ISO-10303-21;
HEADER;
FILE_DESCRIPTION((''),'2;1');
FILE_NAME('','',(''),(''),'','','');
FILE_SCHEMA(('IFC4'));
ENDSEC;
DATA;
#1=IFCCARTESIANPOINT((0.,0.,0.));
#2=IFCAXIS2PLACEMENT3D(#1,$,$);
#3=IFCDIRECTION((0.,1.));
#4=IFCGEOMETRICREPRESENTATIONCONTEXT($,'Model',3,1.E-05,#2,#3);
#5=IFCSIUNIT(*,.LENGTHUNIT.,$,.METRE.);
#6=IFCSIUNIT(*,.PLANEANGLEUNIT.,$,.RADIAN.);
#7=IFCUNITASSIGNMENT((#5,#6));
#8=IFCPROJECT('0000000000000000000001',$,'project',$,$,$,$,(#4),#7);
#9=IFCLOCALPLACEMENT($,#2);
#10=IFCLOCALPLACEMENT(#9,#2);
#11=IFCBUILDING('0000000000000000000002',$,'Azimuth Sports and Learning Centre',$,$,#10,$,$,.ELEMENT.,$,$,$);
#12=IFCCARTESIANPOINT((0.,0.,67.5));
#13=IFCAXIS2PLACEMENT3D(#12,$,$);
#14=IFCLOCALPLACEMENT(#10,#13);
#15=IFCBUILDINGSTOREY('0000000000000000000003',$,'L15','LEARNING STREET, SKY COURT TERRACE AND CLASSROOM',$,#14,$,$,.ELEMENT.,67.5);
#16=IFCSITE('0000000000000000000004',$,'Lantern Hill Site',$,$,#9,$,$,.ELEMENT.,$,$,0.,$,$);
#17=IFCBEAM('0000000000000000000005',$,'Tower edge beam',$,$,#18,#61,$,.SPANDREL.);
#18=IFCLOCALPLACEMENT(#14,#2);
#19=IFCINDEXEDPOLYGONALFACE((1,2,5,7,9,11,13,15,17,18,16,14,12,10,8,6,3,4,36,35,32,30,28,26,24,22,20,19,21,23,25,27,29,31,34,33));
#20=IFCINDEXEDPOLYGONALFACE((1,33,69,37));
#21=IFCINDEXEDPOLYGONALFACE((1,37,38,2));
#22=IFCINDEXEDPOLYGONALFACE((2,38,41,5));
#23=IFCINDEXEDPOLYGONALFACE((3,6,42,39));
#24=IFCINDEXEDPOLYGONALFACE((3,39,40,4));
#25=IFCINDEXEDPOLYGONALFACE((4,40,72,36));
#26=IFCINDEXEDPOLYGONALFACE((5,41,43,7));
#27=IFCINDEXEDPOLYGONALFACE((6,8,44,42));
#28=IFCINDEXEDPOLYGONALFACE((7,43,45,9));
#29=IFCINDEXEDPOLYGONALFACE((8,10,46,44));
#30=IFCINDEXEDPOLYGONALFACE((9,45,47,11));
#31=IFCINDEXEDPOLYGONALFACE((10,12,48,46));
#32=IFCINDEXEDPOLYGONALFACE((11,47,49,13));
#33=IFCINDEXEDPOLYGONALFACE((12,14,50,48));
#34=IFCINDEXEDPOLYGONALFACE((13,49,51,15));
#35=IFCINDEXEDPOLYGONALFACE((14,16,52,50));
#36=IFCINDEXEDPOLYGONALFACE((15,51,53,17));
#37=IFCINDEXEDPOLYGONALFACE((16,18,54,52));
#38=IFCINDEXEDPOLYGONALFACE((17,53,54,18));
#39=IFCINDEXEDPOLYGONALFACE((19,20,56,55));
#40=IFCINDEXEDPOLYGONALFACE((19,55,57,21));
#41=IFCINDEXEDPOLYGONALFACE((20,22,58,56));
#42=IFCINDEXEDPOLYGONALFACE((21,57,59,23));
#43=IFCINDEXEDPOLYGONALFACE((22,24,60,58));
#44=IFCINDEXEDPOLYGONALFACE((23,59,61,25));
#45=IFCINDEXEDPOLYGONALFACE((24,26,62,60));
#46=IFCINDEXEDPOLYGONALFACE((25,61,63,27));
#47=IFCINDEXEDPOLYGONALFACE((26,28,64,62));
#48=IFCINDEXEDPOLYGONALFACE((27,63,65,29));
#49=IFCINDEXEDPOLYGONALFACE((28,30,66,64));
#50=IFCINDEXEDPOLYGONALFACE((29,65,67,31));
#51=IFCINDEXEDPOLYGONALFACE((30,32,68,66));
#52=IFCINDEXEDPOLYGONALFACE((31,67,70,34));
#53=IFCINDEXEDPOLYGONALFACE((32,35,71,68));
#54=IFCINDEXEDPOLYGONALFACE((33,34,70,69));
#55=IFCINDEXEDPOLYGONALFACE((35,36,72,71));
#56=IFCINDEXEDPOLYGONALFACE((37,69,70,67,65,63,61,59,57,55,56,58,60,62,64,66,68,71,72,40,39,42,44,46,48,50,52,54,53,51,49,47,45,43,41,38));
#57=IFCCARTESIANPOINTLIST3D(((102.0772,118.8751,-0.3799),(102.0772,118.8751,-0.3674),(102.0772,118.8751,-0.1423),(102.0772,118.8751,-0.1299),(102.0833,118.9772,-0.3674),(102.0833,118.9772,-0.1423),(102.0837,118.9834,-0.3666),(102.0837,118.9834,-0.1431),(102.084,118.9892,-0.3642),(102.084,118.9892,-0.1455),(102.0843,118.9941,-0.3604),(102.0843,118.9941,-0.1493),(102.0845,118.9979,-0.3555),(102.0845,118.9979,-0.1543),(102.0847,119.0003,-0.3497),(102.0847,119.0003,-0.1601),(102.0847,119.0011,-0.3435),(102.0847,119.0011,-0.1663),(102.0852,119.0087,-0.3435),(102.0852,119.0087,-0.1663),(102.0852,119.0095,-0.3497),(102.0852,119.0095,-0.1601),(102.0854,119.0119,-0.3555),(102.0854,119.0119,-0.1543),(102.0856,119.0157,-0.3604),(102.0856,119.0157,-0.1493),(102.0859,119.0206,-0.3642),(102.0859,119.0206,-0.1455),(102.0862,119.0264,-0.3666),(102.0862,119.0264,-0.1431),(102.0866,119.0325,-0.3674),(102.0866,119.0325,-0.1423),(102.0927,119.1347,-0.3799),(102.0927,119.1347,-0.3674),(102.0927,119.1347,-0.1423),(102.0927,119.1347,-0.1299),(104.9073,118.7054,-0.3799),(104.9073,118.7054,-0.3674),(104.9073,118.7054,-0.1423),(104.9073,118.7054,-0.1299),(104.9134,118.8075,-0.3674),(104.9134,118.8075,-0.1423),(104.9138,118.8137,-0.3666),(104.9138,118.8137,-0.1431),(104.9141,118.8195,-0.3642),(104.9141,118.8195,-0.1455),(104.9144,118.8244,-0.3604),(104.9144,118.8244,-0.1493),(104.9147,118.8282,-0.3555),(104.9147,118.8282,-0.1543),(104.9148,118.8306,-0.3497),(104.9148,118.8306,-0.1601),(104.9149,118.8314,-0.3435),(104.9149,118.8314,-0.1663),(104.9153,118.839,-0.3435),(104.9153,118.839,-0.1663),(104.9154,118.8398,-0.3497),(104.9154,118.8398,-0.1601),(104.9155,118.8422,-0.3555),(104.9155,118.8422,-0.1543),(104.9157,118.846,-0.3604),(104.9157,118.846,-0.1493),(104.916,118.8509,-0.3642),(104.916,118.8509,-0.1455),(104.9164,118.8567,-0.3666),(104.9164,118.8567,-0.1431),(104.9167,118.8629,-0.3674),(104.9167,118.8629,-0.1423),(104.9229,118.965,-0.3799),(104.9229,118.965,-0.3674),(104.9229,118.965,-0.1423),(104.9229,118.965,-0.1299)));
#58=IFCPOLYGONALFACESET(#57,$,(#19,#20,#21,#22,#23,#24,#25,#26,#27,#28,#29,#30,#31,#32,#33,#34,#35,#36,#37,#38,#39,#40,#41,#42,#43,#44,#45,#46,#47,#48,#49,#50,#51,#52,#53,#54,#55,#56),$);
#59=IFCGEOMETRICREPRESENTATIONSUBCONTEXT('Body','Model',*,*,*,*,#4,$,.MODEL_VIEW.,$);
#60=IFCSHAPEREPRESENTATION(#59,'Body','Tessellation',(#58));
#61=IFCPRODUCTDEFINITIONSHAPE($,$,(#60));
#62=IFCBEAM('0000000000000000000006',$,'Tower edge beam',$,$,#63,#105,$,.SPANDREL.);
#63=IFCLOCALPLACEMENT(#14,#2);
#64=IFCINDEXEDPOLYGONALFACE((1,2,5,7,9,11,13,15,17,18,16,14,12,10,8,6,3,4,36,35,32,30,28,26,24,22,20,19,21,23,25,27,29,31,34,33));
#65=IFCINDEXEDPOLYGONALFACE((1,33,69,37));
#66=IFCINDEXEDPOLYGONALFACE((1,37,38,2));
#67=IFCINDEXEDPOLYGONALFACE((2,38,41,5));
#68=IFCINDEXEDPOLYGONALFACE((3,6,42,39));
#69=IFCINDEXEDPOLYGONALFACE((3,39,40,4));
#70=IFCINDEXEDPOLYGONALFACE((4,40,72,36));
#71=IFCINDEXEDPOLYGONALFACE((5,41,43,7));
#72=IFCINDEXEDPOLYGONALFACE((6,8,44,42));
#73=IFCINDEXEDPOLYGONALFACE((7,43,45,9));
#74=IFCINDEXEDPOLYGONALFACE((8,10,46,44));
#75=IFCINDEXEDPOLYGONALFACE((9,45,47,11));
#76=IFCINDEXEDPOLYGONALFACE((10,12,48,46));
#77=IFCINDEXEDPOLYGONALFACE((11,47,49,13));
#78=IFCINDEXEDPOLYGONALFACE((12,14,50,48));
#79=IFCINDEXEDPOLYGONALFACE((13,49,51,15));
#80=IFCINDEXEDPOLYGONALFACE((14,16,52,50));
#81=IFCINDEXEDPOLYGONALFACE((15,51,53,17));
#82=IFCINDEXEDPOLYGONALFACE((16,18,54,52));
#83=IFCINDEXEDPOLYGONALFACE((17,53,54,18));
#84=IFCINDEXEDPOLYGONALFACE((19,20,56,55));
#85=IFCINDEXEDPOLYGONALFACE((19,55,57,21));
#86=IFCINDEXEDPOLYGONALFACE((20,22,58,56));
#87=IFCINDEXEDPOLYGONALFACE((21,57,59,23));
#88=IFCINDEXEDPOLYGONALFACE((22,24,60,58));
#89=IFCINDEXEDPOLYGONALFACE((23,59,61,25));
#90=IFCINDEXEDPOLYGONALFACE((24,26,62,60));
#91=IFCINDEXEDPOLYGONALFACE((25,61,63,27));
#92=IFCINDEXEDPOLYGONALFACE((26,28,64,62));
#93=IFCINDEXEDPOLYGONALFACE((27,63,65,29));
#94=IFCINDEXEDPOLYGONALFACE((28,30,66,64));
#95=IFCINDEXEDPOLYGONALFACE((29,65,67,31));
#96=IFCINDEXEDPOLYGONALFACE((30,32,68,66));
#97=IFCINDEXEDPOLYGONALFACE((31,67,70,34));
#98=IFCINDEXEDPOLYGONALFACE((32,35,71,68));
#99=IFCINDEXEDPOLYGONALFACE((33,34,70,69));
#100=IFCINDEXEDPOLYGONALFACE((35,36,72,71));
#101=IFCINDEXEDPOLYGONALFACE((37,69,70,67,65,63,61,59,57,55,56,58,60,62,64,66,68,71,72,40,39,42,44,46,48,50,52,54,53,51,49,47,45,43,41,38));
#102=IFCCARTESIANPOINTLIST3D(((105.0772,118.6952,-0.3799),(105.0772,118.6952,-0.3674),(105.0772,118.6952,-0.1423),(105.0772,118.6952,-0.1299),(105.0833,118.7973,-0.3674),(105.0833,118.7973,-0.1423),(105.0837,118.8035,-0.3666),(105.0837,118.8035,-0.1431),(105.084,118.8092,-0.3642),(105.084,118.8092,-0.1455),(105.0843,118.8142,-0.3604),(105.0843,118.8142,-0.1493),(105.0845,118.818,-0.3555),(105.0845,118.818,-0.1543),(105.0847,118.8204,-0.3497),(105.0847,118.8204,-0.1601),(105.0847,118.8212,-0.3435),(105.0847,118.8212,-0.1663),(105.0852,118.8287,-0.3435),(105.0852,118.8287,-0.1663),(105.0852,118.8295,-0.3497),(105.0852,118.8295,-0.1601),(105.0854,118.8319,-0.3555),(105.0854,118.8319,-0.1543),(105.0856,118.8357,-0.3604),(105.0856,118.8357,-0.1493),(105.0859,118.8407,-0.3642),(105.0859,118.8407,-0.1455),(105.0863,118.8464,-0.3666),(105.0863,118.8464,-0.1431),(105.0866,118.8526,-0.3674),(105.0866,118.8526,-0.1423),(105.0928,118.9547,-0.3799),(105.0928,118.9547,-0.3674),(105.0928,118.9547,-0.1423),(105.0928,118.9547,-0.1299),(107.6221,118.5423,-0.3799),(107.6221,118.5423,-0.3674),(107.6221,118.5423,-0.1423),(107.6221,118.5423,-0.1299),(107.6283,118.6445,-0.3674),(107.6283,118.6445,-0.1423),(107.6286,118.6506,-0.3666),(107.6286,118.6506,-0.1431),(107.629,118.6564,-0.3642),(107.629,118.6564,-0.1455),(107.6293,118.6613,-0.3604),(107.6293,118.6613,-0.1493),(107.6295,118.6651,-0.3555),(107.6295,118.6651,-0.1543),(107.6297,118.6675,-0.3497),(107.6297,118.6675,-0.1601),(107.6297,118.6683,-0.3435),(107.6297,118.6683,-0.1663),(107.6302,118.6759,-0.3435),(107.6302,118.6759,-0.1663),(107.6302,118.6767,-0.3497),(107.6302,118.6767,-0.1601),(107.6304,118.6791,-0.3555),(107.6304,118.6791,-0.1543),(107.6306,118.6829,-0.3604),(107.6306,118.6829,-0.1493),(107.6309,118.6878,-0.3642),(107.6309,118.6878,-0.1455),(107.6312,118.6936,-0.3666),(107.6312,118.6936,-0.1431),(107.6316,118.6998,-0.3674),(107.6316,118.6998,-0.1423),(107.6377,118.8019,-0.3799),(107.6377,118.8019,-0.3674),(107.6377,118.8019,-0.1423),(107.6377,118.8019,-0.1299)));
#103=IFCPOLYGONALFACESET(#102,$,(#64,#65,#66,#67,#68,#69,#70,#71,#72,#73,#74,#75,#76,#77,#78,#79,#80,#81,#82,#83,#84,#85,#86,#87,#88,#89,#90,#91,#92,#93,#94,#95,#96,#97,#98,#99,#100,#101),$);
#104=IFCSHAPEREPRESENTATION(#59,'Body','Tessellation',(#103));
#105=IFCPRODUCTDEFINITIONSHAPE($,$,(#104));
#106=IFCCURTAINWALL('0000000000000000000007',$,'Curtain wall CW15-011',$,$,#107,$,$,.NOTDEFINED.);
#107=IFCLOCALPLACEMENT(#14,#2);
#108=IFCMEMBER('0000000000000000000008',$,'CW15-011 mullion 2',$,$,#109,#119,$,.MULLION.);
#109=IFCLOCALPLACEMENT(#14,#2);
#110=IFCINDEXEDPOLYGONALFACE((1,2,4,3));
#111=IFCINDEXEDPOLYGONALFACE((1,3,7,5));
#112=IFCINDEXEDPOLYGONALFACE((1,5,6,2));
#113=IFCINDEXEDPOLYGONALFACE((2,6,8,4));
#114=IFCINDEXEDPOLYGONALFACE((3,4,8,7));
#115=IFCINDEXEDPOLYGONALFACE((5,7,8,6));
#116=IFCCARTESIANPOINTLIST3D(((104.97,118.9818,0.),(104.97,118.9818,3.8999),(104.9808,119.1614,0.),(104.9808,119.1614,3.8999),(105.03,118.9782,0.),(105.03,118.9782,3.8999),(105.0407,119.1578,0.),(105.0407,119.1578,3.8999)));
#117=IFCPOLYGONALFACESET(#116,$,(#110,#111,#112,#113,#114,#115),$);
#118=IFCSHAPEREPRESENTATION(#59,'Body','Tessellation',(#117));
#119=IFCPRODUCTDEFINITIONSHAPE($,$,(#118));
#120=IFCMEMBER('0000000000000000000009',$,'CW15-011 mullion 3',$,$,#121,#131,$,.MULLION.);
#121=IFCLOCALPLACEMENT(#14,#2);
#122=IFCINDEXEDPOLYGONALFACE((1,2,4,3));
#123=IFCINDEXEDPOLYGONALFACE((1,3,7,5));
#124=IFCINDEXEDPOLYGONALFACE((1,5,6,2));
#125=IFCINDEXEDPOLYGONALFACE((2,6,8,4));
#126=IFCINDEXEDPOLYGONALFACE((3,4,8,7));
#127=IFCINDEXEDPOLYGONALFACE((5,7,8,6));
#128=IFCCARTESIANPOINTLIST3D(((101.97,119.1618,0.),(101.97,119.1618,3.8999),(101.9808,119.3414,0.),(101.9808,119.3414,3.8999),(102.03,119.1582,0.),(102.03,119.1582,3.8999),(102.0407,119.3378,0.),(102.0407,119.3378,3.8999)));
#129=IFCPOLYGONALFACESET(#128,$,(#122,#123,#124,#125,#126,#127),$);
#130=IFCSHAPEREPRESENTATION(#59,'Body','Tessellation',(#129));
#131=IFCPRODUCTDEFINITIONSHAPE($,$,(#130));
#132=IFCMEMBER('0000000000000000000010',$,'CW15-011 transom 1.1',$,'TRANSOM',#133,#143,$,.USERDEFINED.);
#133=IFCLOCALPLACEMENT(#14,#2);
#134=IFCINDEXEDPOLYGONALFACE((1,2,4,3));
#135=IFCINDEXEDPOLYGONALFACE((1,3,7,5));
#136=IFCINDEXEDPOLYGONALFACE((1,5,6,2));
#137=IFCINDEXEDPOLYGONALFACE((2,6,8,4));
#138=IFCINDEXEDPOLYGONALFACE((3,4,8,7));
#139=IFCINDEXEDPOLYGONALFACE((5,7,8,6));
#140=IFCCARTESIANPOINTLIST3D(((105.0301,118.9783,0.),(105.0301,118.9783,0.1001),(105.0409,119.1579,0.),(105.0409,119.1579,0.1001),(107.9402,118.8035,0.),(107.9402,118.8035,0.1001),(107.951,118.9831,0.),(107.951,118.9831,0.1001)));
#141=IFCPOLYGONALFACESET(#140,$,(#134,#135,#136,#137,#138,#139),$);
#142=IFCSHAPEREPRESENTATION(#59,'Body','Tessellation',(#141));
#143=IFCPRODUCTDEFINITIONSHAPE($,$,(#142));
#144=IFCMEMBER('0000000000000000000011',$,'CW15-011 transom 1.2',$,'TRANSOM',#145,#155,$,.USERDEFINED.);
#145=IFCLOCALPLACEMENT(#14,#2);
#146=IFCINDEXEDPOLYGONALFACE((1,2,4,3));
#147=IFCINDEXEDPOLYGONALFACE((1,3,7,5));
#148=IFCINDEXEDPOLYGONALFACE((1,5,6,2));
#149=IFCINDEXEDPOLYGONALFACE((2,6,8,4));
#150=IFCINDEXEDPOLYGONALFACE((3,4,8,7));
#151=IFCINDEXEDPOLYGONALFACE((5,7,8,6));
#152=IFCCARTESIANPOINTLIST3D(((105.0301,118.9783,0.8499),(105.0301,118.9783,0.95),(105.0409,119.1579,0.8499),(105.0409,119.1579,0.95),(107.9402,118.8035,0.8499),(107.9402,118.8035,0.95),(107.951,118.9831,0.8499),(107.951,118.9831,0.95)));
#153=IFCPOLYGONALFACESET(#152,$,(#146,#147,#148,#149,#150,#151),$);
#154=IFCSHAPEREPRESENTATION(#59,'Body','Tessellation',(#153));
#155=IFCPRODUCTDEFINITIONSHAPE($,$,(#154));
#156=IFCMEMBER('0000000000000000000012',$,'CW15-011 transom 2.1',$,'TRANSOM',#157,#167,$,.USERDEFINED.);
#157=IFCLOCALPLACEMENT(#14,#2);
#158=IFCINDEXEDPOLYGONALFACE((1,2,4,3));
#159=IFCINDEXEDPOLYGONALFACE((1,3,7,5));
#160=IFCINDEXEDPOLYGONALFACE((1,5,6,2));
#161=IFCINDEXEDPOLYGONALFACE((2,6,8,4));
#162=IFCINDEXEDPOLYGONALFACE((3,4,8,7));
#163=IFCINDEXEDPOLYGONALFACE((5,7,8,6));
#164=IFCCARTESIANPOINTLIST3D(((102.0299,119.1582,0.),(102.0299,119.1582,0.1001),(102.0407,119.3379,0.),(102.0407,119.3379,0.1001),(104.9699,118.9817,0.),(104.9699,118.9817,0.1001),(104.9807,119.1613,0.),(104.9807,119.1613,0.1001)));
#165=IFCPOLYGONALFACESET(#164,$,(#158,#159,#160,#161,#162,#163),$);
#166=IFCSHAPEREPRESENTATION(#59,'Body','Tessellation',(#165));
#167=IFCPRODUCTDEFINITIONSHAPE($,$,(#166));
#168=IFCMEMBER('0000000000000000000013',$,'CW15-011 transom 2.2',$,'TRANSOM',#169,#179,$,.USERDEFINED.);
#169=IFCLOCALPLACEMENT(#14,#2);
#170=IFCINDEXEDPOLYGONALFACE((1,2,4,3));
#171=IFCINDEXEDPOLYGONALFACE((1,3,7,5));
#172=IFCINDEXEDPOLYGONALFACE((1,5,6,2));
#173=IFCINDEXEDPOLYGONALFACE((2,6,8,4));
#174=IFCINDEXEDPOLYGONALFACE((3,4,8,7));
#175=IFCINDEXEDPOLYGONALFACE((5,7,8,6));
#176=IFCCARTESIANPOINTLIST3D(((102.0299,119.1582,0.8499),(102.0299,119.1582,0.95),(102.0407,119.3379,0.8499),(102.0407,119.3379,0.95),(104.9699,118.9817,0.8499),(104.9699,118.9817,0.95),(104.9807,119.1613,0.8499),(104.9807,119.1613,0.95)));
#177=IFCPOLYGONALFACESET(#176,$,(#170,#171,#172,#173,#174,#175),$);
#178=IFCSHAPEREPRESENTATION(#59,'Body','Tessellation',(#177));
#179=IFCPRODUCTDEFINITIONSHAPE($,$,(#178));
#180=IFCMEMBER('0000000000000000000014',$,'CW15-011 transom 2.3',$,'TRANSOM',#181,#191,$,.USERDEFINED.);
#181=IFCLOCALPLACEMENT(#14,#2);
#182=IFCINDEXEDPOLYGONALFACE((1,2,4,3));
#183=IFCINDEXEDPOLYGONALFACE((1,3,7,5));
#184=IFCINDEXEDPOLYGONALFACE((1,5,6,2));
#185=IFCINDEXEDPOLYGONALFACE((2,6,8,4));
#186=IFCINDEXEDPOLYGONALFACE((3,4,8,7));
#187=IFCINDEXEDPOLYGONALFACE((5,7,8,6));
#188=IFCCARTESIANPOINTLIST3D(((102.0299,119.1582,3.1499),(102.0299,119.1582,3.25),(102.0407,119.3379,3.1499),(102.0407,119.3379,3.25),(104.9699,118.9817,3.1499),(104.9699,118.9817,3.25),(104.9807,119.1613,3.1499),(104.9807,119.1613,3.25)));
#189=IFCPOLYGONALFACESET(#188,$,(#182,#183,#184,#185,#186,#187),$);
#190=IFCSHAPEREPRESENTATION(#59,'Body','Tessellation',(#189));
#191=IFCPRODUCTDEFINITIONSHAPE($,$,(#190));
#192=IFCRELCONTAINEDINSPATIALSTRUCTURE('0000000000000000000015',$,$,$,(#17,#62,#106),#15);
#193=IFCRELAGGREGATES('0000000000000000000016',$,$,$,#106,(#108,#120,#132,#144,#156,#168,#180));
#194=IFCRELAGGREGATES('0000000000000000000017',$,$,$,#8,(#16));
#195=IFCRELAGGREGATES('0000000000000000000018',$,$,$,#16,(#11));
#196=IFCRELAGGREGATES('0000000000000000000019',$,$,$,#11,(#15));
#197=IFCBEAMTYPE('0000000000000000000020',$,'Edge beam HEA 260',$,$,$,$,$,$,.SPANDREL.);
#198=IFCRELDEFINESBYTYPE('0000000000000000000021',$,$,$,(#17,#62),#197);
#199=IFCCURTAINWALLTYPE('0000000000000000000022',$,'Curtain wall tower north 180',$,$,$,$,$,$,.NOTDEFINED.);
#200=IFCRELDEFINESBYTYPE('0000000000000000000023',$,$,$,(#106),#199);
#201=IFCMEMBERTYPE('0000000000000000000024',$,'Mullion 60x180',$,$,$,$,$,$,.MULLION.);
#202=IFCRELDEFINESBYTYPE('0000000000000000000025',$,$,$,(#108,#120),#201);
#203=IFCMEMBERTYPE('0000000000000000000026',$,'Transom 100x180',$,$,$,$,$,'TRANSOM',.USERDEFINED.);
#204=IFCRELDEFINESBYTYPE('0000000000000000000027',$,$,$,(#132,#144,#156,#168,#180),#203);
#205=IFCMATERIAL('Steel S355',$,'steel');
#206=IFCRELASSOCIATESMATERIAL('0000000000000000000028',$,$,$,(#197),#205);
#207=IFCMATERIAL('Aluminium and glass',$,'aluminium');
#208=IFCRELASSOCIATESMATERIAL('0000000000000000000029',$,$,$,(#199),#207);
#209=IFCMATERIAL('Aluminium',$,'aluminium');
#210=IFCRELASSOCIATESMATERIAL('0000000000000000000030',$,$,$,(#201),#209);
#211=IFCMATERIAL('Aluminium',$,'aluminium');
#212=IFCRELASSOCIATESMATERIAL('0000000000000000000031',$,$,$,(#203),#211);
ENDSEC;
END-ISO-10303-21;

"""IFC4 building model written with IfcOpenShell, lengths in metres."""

from ifc_helpers import new_model, si_unit, direction, frame, origin, origin_2d, place, context, subcontext, project, spatial, rectangle, i_section, extrude, material, material_profile, profile_set, type_object, element, aggregate, save


model = new_model("IFC4")

# Units and contexts
model_context = context("Model", 3, precision=1e-05, world=origin(), true_north=direction((0.0, 1.0)))
body_context = subcontext(model_context, "Body", "Model", "MODEL_VIEW")
ifc_project = project(units=[si_unit("LENGTHUNIT", "METRE"), si_unit("PLANEANGLEUNIT", "RADIAN")], contexts=[model_context])

# Site, building, storey
site_placement = place(None, origin())
site = spatial("IfcSite", under=ifc_project, at=site_placement, Name="Lantern Hill Site", CompositionType="ELEMENT", RefElevation=0.0)
building_placement = place(site_placement, origin())
building = spatial("IfcBuilding", under=site, at=building_placement, Name="Azimuth Sports and Learning Centre", CompositionType="ELEMENT")
storey_placement = place(building_placement, frame((0.0, 0.0, 67.5)))
storey = spatial("IfcBuildingStorey", under=building, at=storey_placement, Name="L15", Description="LEARNING STREET, SKY COURT TERRACE AND CLASSROOM", CompositionType="ELEMENT", Elevation=67.5)

# Beams
ifc_material_1 = material(Name="Steel S355", Category="steel")
ifc_material_profile_1 = material_profile(ifc_material_1, i_section(OverallWidth=0.26, OverallDepth=0.25, WebThickness=0.0076, FlangeThickness=0.0125, FilletRadius=0.0239, at=origin_2d()), Name="HEA 260")
ifc_profile_set_1 = profile_set([ifc_material_profile_1], Name="Steel S355")
beam_type = type_object("IfcBeamType", Name="Edge beam HEA 260", PredefinedType="SPANDREL", material=ifc_profile_set_1)
beam_1_placement = place(storey_placement, frame((102.085, 119.0049, -0.2549), z_axis=(0.998208, -0.059848, 0.0), x_axis=(0.059848, 0.998208, 0.0)))
element("IfcBeam", 1, at=beam_1_placement, inside=storey, type_object=beam_type, Name="Tower edge beam", PredefinedType="SPANDREL", context=body_context, shape_type="SweptSolid", body=[
    extrude(i_section(OverallWidth=0.26, OverallDepth=0.25, WebThickness=0.0076, FlangeThickness=0.0125, FilletRadius=0.0239, at=origin_2d()), origin(), (0.0, 0.0, 1.0), 2.8352),
])
beam_2_placement = place(storey_placement, frame((105.085, 118.825, -0.2549), z_axis=(0.998202, -0.059946, 0.0), x_axis=(0.059946, 0.998202, 0.0)))
element("IfcBeam", 2, at=beam_2_placement, inside=storey, type_object=beam_type, Name="Tower edge beam", PredefinedType="SPANDREL", context=body_context, shape_type="SweptSolid", body=[
    extrude(i_section(OverallWidth=0.26, OverallDepth=0.25, WebThickness=0.0076, FlangeThickness=0.0125, FilletRadius=0.0239, at=origin_2d()), origin(), (0.0, 0.0, 1.0), 2.5496),
])

# Curtain wall, members
ifc_material_2 = material(Name="Aluminium and glass", Category="aluminium")
curtain_wall_type = type_object("IfcCurtainWallType", Name="Curtain wall tower north 180", PredefinedType="NOTDEFINED", material=ifc_material_2)
curtain_wall_placement = place(storey_placement, origin())
curtain_wall = element("IfcCurtainWall", 3, at=curtain_wall_placement, inside=storey, type_object=curtain_wall_type, Name="Curtain wall CW15-011", PredefinedType="NOTDEFINED")
ifc_material_3 = material(Name="Aluminium", Category="aluminium")
ifc_material_profile_2 = material_profile(ifc_material_3, rectangle(XDim=0.1799, YDim=0.0601, at=origin_2d()), Name="Mullion 60x180")
ifc_profile_set_2 = profile_set([ifc_material_profile_2], Name="Aluminium")
member_type_1 = type_object("IfcMemberType", Name="Mullion 60x180", PredefinedType="MULLION", material=ifc_profile_set_2)
member_1_placement = place(storey_placement, frame((105.0054, 119.0698, 0.0), z_axis=(0.0, 0.0, 1.0), x_axis=(-0.059892, -0.998205, 0.0)))
member_1 = element("IfcMember", 4, at=member_1_placement, type_object=member_type_1, Name="CW15-011 mullion 2", PredefinedType="MULLION", context=body_context, shape_type="SweptSolid", body=[
    extrude(rectangle(XDim=0.1799, YDim=0.0601, at=origin_2d()), origin(), (0.0, 0.0, 1.0), 3.8999),
])
member_2_placement = place(storey_placement, frame((102.0054, 119.2498, 0.0), z_axis=(0.0, 0.0, 1.0), x_axis=(-0.059892, -0.998205, 0.0)))
member_2 = element("IfcMember", 5, at=member_2_placement, type_object=member_type_1, Name="CW15-011 mullion 3", PredefinedType="MULLION", context=body_context, shape_type="SweptSolid", body=[
    extrude(rectangle(XDim=0.1799, YDim=0.0601, at=origin_2d()), origin(), (0.0, 0.0, 1.0), 3.8999),
])
ifc_material_4 = material(Name="Aluminium", Category="aluminium")
ifc_material_profile_3 = material_profile(ifc_material_4, rectangle(XDim=0.1799, YDim=0.1001, at=origin_2d()), Name="Transom 100x180")
ifc_profile_set_3 = profile_set([ifc_material_profile_3], Name="Aluminium")
member_type_2 = type_object("IfcMemberType", Name="Transom 100x180", ElementType="TRANSOM", PredefinedType="USERDEFINED", material=ifc_profile_set_3)
member_3_placement = place(storey_placement, frame((107.9456, 118.8933, 0.05), z_axis=(-0.998201, 0.059959, 0.0), x_axis=(-0.059959, -0.998201, 0.0)))
member_3 = element("IfcMember", 6, at=member_3_placement, type_object=member_type_2, Name="CW15-011 transom 1.1", ObjectType="TRANSOM", PredefinedType="USERDEFINED", context=body_context, shape_type="SweptSolid", body=[
    extrude(rectangle(XDim=0.1799, YDim=0.1001, at=origin_2d()), origin(), (0.0, 0.0, 1.0), 2.9153),
])
member_4_placement = place(storey_placement, frame((107.9456, 118.8933, 0.8999), z_axis=(-0.998201, 0.059959, 0.0), x_axis=(-0.059959, -0.998201, 0.0)))
member_4 = element("IfcMember", 7, at=member_4_placement, type_object=member_type_2, Name="CW15-011 transom 1.2", ObjectType="TRANSOM", PredefinedType="USERDEFINED", context=body_context, shape_type="SweptSolid", body=[
    extrude(rectangle(XDim=0.1799, YDim=0.1001, at=origin_2d()), origin(), (0.0, 0.0, 1.0), 2.9153),
])
member_5_placement = place(storey_placement, frame((104.9753, 119.0715, 0.05), z_axis=(-0.998202, 0.059932, 0.0), x_axis=(-0.059932, -0.998202, 0.0)))
member_5 = element("IfcMember", 8, at=member_5_placement, type_object=member_type_2, Name="CW15-011 transom 2.1", ObjectType="TRANSOM", PredefinedType="USERDEFINED", context=body_context, shape_type="SweptSolid", body=[
    extrude(rectangle(XDim=0.1799, YDim=0.1001, at=origin_2d()), origin(), (0.0, 0.0, 1.0), 2.9453),
])
member_6_placement = place(storey_placement, frame((104.9753, 119.0715, 0.8999), z_axis=(-0.998202, 0.059932, 0.0), x_axis=(-0.059932, -0.998202, 0.0)))
member_6 = element("IfcMember", 9, at=member_6_placement, type_object=member_type_2, Name="CW15-011 transom 2.2", ObjectType="TRANSOM", PredefinedType="USERDEFINED", context=body_context, shape_type="SweptSolid", body=[
    extrude(rectangle(XDim=0.1799, YDim=0.1001, at=origin_2d()), origin(), (0.0, 0.0, 1.0), 2.9453),
])
member_7_placement = place(storey_placement, frame((104.9753, 119.0715, 3.2), z_axis=(-0.998202, 0.059932, 0.0), x_axis=(-0.059932, -0.998202, 0.0)))
member_7 = element("IfcMember", 10, at=member_7_placement, type_object=member_type_2, Name="CW15-011 transom 2.3", ObjectType="TRANSOM", PredefinedType="USERDEFINED", context=body_context, shape_type="SweptSolid", body=[
    extrude(rectangle(XDim=0.1799, YDim=0.1001, at=origin_2d()), origin(), (0.0, 0.0, 1.0), 2.9453),
])
aggregate(curtain_wall, [member_1, member_2, member_3, member_4, member_5, member_6, member_7])

save(model, "model.ifc")
